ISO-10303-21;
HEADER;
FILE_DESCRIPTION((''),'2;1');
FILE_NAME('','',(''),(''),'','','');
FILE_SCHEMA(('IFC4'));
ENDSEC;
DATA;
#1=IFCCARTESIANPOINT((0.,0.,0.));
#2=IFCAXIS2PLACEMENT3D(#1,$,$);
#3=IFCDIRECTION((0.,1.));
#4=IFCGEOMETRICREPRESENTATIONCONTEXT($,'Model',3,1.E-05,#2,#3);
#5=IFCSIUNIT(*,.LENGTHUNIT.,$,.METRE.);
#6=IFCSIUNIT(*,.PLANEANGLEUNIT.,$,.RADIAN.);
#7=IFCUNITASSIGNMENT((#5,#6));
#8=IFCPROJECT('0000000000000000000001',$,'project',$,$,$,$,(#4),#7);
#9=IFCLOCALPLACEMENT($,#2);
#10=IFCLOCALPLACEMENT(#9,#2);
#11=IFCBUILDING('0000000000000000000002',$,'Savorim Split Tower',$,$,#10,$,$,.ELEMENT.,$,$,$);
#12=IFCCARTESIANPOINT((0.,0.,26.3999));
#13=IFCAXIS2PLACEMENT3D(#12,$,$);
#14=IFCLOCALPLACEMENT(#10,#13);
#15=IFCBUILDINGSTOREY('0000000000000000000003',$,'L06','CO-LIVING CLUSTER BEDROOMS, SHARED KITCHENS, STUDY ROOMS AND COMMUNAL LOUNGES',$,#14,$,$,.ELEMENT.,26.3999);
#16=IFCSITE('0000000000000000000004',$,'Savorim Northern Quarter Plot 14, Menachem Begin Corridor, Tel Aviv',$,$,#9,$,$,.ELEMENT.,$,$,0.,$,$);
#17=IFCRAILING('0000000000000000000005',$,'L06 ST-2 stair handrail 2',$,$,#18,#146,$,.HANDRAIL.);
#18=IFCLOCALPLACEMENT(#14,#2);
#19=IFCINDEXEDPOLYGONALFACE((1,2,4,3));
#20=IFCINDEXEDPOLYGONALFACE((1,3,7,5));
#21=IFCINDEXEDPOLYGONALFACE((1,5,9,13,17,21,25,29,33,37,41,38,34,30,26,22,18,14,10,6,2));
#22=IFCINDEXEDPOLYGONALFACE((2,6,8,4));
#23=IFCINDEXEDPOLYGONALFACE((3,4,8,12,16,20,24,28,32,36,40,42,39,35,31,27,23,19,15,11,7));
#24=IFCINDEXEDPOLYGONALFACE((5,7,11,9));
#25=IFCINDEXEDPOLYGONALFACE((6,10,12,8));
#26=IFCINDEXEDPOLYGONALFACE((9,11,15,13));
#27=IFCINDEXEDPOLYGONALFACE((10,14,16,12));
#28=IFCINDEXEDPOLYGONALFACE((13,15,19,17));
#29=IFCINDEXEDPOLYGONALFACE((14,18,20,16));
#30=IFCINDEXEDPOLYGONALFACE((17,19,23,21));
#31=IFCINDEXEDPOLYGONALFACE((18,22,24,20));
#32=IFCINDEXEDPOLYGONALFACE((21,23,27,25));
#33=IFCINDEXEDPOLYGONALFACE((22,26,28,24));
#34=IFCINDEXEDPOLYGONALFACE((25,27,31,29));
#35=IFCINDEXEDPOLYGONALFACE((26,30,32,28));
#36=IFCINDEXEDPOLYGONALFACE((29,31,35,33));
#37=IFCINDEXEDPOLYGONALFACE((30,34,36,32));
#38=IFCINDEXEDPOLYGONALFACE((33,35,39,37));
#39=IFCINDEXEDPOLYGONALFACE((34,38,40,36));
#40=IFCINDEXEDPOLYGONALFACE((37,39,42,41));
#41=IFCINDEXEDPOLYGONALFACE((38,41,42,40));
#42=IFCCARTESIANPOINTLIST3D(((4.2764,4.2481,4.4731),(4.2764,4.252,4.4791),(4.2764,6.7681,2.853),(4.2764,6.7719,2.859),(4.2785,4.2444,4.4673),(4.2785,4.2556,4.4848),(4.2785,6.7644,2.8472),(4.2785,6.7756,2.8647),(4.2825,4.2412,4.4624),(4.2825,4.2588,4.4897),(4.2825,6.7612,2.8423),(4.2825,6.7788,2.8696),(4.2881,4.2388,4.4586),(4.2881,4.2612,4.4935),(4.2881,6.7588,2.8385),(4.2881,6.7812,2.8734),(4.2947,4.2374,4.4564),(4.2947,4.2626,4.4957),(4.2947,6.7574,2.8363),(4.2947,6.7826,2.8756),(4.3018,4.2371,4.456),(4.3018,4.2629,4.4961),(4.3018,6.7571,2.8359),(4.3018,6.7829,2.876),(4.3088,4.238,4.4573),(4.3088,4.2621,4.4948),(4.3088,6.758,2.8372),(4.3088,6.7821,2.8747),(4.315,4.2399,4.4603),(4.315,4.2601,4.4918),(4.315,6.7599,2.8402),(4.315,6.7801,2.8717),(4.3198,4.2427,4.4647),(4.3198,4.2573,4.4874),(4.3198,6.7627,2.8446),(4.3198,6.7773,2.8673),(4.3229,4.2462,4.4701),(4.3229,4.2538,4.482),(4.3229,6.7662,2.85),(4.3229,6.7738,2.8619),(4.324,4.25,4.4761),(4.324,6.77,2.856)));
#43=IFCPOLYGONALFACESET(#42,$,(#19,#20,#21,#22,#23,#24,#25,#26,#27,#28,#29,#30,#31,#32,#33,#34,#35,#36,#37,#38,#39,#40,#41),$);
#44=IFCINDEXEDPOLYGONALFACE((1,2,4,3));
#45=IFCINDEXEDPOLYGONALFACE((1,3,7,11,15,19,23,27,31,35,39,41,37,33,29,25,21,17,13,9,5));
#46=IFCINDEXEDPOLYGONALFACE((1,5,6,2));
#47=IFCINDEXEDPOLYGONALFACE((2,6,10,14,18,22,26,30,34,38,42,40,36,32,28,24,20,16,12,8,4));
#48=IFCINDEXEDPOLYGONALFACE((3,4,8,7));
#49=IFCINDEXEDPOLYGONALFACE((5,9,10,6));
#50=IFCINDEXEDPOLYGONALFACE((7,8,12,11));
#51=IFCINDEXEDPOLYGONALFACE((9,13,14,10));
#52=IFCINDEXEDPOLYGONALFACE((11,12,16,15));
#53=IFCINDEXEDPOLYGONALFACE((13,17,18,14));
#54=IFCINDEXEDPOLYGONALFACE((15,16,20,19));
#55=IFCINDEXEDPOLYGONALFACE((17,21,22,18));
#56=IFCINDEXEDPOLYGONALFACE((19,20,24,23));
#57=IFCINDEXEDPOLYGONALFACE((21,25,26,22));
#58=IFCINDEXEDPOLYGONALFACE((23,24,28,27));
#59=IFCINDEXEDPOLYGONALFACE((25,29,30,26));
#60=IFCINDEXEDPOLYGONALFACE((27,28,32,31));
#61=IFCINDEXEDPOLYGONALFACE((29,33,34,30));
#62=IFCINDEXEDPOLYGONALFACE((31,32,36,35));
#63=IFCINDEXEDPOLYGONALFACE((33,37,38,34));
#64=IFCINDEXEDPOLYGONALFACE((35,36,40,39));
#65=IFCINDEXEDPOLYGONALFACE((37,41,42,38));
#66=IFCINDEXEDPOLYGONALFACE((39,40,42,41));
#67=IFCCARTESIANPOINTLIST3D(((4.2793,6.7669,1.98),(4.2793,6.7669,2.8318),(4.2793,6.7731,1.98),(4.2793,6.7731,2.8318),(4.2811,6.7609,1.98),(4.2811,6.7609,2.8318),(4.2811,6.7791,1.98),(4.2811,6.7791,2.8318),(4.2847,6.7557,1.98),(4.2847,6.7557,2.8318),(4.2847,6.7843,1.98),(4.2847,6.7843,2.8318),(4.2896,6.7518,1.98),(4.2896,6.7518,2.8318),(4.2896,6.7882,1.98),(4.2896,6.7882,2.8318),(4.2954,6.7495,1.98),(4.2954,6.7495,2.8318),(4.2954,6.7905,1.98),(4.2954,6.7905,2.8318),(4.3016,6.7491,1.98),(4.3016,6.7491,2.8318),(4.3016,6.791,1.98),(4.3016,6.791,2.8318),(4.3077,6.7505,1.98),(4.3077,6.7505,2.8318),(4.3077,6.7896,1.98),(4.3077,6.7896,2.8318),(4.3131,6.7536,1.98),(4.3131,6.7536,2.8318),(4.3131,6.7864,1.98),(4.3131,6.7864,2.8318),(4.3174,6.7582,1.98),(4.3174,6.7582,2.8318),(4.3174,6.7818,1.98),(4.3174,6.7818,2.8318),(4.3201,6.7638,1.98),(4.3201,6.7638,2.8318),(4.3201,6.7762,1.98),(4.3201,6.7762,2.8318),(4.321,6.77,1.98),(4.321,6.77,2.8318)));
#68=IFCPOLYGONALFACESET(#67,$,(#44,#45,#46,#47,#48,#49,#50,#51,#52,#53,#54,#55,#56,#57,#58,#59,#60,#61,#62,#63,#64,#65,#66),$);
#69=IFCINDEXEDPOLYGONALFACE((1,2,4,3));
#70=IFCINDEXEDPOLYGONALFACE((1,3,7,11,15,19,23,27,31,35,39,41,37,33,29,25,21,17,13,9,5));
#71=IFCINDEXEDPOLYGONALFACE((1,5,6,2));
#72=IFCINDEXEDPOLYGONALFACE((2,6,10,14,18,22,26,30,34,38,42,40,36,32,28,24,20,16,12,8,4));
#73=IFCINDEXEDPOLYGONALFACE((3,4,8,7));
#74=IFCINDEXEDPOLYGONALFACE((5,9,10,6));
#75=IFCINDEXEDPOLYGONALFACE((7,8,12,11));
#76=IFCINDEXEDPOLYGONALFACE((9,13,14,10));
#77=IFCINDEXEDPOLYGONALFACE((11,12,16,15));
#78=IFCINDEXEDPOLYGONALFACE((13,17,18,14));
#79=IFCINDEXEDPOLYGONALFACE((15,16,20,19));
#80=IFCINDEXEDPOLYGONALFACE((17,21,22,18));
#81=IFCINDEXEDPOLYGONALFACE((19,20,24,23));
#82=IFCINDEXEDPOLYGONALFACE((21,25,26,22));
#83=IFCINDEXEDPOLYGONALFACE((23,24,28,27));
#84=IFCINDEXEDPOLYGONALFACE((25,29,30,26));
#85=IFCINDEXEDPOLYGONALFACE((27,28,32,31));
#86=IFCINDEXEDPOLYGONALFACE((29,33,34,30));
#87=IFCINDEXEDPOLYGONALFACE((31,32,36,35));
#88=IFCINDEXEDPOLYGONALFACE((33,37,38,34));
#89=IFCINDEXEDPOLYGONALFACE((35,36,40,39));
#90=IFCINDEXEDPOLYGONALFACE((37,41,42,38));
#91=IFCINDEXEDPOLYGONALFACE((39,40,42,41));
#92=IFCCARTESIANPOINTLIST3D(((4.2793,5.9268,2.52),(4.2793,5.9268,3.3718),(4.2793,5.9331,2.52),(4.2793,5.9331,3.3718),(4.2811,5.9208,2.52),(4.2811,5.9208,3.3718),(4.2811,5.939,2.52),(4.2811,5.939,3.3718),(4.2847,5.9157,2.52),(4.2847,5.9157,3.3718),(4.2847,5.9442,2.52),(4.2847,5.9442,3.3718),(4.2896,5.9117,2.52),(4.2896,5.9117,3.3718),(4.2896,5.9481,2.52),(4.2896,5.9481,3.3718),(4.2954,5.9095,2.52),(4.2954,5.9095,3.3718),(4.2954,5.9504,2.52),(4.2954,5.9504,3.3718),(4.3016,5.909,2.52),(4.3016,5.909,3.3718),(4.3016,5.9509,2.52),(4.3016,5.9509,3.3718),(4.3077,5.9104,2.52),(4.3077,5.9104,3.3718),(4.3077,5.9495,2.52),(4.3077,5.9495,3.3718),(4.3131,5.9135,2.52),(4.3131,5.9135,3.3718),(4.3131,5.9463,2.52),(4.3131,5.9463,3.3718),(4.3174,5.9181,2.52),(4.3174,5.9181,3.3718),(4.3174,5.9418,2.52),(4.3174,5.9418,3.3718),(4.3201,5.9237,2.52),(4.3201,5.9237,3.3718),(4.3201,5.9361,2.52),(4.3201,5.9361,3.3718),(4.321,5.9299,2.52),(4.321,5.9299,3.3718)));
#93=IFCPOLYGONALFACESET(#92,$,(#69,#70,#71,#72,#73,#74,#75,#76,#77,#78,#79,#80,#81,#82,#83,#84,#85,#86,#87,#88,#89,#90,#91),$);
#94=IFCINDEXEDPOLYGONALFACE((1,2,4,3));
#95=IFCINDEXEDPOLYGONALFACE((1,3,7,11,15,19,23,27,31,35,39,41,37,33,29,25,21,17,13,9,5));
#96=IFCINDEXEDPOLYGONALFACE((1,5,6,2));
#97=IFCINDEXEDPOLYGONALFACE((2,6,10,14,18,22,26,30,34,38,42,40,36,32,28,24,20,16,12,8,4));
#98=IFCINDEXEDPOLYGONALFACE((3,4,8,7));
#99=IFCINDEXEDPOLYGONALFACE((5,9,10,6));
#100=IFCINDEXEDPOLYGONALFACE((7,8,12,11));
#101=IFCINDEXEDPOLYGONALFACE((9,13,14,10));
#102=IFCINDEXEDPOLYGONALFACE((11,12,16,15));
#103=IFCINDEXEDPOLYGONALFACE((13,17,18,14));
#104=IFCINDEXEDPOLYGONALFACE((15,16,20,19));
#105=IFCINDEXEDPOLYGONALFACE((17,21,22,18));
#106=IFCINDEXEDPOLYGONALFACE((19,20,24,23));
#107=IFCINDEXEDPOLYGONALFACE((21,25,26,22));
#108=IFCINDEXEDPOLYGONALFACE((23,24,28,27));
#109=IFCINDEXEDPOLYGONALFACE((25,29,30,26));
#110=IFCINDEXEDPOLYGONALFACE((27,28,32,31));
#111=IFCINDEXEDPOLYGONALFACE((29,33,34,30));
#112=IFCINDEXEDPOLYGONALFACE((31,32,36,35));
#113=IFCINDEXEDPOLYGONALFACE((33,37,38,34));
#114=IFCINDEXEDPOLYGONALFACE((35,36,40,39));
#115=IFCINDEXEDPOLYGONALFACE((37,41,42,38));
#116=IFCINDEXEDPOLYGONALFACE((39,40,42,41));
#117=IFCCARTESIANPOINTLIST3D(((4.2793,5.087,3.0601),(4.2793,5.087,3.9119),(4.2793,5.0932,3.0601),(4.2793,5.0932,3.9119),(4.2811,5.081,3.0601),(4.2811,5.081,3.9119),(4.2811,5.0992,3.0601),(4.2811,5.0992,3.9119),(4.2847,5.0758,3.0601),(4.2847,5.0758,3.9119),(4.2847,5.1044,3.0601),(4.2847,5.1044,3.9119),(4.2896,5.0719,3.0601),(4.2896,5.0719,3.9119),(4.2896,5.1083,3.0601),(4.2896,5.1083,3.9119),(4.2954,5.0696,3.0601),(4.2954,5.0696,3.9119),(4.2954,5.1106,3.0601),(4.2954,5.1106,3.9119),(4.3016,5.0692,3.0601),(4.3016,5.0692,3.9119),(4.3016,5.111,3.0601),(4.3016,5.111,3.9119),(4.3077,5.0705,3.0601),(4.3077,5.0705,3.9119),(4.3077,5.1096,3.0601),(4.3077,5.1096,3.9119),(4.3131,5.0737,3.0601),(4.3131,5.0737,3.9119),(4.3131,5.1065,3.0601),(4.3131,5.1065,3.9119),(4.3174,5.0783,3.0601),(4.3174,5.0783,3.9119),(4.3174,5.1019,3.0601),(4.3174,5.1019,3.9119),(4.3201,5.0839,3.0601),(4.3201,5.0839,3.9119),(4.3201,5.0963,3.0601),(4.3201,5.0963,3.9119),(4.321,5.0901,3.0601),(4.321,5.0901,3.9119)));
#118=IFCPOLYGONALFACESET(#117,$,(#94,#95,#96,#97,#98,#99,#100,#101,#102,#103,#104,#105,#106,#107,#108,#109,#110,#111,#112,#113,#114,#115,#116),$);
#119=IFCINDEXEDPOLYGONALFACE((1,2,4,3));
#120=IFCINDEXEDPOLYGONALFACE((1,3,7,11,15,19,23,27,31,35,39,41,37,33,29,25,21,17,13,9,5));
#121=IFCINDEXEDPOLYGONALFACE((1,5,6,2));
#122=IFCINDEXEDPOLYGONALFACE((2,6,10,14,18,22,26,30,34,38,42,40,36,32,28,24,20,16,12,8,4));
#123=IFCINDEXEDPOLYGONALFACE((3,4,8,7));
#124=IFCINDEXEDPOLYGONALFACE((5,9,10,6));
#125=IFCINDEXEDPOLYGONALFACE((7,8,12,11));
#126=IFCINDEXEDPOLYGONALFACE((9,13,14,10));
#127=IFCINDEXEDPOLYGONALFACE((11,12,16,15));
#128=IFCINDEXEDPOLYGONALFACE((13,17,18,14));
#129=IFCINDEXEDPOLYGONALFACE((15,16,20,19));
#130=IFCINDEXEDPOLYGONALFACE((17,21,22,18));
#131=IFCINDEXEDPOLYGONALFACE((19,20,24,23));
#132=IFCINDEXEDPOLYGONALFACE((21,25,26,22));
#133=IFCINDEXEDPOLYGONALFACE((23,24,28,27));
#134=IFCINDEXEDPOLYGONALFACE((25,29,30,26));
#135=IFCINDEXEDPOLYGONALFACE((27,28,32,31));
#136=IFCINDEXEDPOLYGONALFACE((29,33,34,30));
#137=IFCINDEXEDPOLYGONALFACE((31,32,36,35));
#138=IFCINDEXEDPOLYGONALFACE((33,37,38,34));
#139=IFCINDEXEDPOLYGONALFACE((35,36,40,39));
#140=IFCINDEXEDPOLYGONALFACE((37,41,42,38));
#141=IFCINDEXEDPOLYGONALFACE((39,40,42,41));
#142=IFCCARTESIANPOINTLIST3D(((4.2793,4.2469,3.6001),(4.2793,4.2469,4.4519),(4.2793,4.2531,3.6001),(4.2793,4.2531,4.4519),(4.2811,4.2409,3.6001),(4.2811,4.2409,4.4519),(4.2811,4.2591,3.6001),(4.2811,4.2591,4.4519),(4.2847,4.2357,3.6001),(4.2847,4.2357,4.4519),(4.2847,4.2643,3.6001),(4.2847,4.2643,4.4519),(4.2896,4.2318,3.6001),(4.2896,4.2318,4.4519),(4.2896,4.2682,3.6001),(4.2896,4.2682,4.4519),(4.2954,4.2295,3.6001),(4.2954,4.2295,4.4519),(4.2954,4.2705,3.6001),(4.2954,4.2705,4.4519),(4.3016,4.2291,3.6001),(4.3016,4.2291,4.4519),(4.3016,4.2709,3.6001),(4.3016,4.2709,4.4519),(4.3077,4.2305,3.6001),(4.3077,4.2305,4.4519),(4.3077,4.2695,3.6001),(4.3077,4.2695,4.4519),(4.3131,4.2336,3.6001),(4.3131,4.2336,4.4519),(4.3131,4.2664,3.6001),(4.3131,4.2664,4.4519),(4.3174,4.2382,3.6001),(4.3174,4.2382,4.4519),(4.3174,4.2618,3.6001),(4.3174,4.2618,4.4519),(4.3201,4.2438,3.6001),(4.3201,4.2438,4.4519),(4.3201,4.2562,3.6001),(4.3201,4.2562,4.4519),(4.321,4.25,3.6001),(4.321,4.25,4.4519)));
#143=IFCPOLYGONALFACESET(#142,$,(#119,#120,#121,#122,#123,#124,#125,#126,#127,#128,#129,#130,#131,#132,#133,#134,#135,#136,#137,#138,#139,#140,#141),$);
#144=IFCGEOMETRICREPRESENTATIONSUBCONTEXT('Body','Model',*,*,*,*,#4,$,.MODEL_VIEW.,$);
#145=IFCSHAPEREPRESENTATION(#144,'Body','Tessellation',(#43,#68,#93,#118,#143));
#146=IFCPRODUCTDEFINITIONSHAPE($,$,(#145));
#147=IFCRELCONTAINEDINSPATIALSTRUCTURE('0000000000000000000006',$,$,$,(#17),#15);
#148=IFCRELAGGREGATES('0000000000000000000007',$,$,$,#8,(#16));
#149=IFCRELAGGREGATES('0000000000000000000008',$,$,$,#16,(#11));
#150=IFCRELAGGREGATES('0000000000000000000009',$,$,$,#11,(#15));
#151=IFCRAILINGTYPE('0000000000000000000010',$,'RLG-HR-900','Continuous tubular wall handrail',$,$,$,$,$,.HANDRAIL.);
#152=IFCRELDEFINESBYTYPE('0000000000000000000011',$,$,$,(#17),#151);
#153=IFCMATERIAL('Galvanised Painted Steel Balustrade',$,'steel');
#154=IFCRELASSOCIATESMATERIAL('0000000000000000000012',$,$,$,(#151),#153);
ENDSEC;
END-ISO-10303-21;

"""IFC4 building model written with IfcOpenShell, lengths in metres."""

from ifc_helpers import new_model, si_unit, direction, frame, origin, origin_2d, place, context, subcontext, project, spatial, circle, extrude, material, type_object, element, save


model = new_model("IFC4")

# Units and contexts
model_context = context("Model", 3, precision=1e-05, world=origin(), true_north=direction((0.0, 1.0)))
body_context = subcontext(model_context, "Body", "Model", "MODEL_VIEW")
ifc_project = project(units=[si_unit("LENGTHUNIT", "METRE"), si_unit("PLANEANGLEUNIT", "RADIAN")], contexts=[model_context])

# Site, building, storey
site_placement = place(None, origin())
site = spatial("IfcSite", under=ifc_project, at=site_placement, Name="Savorim Northern Quarter Plot 14, Menachem Begin Corridor, Tel Aviv", CompositionType="ELEMENT", RefElevation=0.0)
building_placement = place(site_placement, origin())
building = spatial("IfcBuilding", under=site, at=building_placement, Name="Savorim Split Tower", CompositionType="ELEMENT")
storey_placement = place(building_placement, frame((0.0, 0.0, 26.3999)))
storey = spatial("IfcBuildingStorey", under=building, at=storey_placement, Name="L06", Description="CO-LIVING CLUSTER BEDROOMS, SHARED KITCHENS, STUDY ROOMS AND COMMUNAL LOUNGES", CompositionType="ELEMENT", Elevation=26.3999)

# Railing
ifc_material_1 = material(Name="Galvanised Painted Steel Balustrade", Category="steel")
railing_type_1 = type_object("IfcRailingType", Name="RLG-HR-900", Description="Continuous tubular wall handrail", PredefinedType="HANDRAIL", material=ifc_material_1)
railing_1_placement = place(storey_placement, frame((4.3, 6.77, 1.98)))
element("IfcRailing", 1, at=railing_1_placement, inside=storey, type_object=railing_type_1, Name="L06 ST-2 stair handrail 2", PredefinedType="HANDRAIL", context=body_context, shape_type="SweptSolid", body=[
    extrude(circle(Radius=0.0239, at=origin_2d()), frame((0.0, 0.0, 0.876), z_axis=(0.0, -0.841163, 0.540782), x_axis=(1.0, 0.0, 0.0)), (0.0, 0.0, 1.0), 2.9958),
    extrude(circle(Radius=0.021, at=origin_2d()), origin(), (0.0, 0.0, 1.0), 0.8518),
    extrude(circle(Radius=0.021, at=origin_2d()), frame((0.0, -0.8401, 0.54)), (0.0, 0.0, 1.0), 0.8518),
    extrude(circle(Radius=0.021, at=origin_2d()), frame((0.0, -1.6799, 1.0801)), (0.0, 0.0, 1.0), 0.8518),
    extrude(circle(Radius=0.021, at=origin_2d()), frame((0.0, -2.52, 1.6201)), (0.0, 0.0, 1.0), 0.8518),
])

save(model, "model.ifc")
